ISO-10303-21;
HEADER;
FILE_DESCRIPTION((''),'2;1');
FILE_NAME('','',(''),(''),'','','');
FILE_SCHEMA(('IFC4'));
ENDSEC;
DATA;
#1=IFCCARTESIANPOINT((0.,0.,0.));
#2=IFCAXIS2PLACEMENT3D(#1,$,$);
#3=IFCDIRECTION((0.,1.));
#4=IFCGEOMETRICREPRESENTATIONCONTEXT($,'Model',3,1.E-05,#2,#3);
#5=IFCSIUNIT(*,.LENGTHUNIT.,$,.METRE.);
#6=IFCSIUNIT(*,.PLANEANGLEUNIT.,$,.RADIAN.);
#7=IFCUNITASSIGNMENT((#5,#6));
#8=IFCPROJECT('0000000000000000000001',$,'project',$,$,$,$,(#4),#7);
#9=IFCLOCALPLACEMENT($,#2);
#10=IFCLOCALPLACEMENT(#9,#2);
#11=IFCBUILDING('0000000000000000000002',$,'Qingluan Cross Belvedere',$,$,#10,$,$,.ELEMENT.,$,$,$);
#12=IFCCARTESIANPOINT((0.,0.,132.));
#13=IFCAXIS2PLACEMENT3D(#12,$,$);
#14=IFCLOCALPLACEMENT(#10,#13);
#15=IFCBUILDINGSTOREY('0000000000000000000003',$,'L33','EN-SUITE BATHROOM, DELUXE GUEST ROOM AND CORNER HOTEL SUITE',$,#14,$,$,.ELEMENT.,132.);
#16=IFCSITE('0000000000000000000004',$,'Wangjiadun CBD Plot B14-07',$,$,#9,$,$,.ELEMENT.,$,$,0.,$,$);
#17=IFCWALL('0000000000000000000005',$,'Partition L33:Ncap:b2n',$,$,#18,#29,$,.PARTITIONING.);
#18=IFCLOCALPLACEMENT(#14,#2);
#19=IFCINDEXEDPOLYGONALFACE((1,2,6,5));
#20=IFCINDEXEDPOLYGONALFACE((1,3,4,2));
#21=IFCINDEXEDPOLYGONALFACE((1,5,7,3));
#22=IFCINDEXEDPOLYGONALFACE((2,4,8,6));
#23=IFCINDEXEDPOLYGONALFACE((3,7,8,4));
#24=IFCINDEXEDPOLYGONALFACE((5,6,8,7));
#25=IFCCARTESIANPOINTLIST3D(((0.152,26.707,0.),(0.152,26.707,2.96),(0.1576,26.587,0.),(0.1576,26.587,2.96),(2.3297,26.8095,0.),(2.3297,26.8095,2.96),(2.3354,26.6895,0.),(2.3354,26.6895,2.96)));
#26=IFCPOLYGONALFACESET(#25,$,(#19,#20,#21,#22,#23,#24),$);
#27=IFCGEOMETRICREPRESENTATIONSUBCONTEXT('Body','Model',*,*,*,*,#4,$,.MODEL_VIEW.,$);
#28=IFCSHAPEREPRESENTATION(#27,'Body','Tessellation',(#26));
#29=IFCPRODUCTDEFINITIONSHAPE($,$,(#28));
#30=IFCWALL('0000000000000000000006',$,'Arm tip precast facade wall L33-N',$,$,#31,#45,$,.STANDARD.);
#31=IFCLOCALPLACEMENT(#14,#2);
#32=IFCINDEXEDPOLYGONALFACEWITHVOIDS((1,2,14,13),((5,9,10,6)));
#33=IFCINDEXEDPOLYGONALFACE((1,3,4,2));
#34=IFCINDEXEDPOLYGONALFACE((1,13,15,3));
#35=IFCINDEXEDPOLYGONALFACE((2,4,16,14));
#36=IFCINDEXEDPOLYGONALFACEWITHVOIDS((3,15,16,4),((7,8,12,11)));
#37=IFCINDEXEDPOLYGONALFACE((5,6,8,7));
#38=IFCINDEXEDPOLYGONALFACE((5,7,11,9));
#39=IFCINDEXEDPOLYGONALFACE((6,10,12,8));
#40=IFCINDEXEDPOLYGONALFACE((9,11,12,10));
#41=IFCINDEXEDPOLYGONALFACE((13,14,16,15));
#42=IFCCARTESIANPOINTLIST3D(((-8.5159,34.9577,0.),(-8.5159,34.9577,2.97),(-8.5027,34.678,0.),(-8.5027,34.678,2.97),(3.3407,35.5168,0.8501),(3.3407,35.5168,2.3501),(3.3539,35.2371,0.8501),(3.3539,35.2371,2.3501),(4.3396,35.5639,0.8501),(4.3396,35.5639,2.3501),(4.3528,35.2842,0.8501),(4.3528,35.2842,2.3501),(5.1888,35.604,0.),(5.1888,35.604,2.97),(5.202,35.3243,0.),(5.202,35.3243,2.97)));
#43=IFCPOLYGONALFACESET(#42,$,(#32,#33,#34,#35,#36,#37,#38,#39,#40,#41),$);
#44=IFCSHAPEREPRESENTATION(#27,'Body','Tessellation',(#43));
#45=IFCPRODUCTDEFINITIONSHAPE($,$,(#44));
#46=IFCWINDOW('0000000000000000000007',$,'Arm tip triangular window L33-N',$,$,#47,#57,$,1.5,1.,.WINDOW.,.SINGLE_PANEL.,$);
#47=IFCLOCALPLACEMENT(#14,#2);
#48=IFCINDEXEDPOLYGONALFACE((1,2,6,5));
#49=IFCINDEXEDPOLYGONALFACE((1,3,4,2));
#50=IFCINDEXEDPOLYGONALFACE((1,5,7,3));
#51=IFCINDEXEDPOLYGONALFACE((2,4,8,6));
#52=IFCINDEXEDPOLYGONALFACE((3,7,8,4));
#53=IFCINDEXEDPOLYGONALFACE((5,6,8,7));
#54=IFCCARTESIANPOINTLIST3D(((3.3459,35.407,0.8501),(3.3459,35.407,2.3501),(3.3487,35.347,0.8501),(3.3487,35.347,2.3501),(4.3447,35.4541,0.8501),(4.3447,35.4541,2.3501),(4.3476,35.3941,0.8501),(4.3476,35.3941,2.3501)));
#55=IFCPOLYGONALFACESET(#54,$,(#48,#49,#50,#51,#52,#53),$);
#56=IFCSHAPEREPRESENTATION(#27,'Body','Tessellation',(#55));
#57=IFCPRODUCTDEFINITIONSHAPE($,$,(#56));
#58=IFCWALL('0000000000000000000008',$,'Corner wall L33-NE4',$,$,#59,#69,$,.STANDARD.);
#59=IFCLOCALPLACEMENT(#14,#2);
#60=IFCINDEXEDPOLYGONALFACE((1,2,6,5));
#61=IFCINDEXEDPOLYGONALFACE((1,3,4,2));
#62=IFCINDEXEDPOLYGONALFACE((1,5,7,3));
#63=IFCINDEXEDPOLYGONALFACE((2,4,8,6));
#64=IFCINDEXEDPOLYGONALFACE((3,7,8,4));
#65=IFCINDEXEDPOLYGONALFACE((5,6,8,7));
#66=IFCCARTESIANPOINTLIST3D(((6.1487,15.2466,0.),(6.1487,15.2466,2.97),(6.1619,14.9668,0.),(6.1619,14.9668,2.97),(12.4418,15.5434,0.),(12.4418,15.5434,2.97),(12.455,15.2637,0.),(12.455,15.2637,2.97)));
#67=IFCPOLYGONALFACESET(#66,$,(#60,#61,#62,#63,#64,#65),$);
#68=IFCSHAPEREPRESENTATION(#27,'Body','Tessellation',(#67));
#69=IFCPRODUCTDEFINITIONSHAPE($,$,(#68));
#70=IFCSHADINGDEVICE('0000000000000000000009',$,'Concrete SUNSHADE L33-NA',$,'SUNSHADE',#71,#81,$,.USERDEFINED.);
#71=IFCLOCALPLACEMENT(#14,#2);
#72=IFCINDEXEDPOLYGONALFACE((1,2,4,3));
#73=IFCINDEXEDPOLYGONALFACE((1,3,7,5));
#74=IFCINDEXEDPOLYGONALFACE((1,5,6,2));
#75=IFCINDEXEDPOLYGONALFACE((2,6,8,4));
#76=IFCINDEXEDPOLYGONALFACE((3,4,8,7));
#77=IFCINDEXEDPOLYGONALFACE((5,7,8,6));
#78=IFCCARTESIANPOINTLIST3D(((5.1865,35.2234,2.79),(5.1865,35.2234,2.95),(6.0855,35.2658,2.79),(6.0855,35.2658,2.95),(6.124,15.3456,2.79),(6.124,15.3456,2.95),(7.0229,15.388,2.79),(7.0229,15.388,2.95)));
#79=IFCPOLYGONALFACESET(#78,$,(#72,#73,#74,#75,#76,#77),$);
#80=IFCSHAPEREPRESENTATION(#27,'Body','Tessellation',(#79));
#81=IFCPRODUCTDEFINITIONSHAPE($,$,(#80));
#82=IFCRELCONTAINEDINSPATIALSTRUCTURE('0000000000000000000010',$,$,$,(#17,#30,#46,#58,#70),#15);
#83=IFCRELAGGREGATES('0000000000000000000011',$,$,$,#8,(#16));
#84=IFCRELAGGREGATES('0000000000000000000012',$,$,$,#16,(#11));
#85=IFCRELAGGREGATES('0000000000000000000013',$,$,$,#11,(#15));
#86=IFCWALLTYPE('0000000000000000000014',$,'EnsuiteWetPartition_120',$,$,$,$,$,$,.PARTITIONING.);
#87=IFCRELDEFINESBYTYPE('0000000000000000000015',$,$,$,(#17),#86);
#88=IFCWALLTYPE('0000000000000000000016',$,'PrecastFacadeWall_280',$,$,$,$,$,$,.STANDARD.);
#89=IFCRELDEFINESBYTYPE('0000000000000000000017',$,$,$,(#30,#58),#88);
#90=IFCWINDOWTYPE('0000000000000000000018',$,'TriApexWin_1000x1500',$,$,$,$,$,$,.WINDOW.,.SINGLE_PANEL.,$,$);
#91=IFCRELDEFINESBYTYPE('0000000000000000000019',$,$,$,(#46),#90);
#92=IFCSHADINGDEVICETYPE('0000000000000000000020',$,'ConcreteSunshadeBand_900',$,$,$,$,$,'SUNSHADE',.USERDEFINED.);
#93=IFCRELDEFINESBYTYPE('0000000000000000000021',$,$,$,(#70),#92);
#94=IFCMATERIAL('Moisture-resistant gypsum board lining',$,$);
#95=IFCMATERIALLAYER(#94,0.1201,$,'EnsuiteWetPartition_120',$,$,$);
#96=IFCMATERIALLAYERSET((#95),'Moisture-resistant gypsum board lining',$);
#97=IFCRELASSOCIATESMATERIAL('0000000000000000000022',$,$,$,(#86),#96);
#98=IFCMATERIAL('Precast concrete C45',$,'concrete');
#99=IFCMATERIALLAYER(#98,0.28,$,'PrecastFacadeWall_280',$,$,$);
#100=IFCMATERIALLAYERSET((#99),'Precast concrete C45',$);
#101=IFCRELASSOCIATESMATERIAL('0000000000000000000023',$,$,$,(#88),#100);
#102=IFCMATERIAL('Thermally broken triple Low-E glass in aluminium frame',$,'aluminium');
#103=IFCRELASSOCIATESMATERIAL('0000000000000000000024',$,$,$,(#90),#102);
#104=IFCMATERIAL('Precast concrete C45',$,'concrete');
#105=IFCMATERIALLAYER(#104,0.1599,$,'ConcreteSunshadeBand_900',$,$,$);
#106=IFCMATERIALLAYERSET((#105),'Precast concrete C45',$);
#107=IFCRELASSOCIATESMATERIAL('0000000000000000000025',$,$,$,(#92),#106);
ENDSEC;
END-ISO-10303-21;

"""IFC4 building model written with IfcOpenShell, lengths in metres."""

from ifc_helpers import new_model, si_unit, direction, frame, frame_2d, origin, origin_2d, place, context, subcontext, project, spatial, rectangle, extrude, material, layer, layer_set, type_object, element, fill, save


model = new_model("IFC4")

# Units and contexts
model_context = context("Model", 3, precision=1e-05, world=origin(), true_north=direction((0.0, 1.0)))
body_context = subcontext(model_context, "Body", "Model", "MODEL_VIEW")
ifc_project = project(units=[si_unit("LENGTHUNIT", "METRE"), si_unit("PLANEANGLEUNIT", "RADIAN")], contexts=[model_context])

# Site, building, storey
site_placement = place(None, origin())
site = spatial("IfcSite", under=ifc_project, at=site_placement, Name="Wangjiadun CBD Plot B14-07", CompositionType="ELEMENT", RefElevation=0.0)
building_placement = place(site_placement, origin())
building = spatial("IfcBuilding", under=site, at=building_placement, Name="Qingluan Cross Belvedere", CompositionType="ELEMENT")
storey_placement = place(building_placement, frame((0.0, 0.0, 132.0)))
storey = spatial("IfcBuildingStorey", under=building, at=storey_placement, Name="L33", Description="EN-SUITE BATHROOM, DELUXE GUEST ROOM AND CORNER HOTEL SUITE", CompositionType="ELEMENT", Elevation=132.0)

# Shared definitions
ifc_material_1 = material(Name="Moisture-resistant gypsum board lining")
ifc_layer_1 = layer(ifc_material_1, 0.1201, Name="EnsuiteWetPartition_120")
ifc_layer_set_1 = layer_set([ifc_layer_1], Name="Moisture-resistant gypsum board lining")
wall_type_1 = type_object("IfcWallType", Name="EnsuiteWetPartition_120", PredefinedType="PARTITIONING", material=ifc_layer_set_1)

# Wall
wall_1_placement = place(storey_placement, frame((0.1548, 26.647, 0.0), z_axis=(0.0, 0.0, 1.0), x_axis=(0.998893, 0.047033, 0.0)))
element("IfcWall", 1, at=wall_1_placement, inside=storey, type_object=wall_type_1, Name="Partition L33:Ncap:b2n", PredefinedType="PARTITIONING", context=body_context, shape_type="SweptSolid", body=[
    extrude(rectangle(XDim=2.1802, YDim=0.1201, at=frame_2d((1.0901, 0.0))), origin(), (0.0, 0.0, 1.0), 2.96),
])

# Wall, opening, window
ifc_material_2 = material(Name="Precast concrete C45", Category="concrete")
ifc_layer_2 = layer(ifc_material_2, 0.28, Name="PrecastFacadeWall_280")
ifc_layer_set_2 = layer_set([ifc_layer_2], Name="Precast concrete C45")
wall_type_2 = type_object("IfcWallType", Name="PrecastFacadeWall_280", PredefinedType="STANDARD", material=ifc_layer_set_2)
wall_2_placement = place(storey_placement, frame((5.1953, 35.4641, 0.0), z_axis=(0.0, 0.0, 1.0), x_axis=(-0.99889, -0.047102, 0.0)))
wall_2 = element("IfcWall", 2, at=wall_2_placement, inside=storey, type_object=wall_type_2, Name="Arm tip precast facade wall L33-N", PredefinedType="STANDARD", context=body_context, shape_type="SweptSolid", body=[
    extrude(rectangle(XDim=13.72, YDim=0.28, at=frame_2d((6.8599, 0.0))), origin(), (0.0, 0.0, 1.0), 2.97),
])
opening_1_placement = place(wall_2_placement, frame((0.8501, 0.0, 0.8501)))
opening_1 = element("IfcOpeningElement", 3, at=opening_1_placement, cuts=wall_2, PredefinedType="OPENING", context=body_context, shape_type="SweptSolid", body=[
    extrude(rectangle(XDim=1.0, YDim=1.5, at=frame_2d((0.5, 0.75))), frame((0.0, 0.1499, 0.0), z_axis=(0.0, -1.0, 0.0), x_axis=(1.0, 0.0, 0.0)), (0.0, 0.0, 1.0), 0.3),
])
ifc_material_3 = material(Name="Thermally broken triple Low-E glass in aluminium frame", Category="aluminium")
window_type = type_object("IfcWindowType", Name="TriApexWin_1000x1500", PartitioningType="SINGLE_PANEL", PredefinedType="WINDOW", material=ifc_material_3)
window_placement = place(opening_1_placement, origin())
window = element("IfcWindow", 4, at=window_placement, inside=storey, type_object=window_type, Name="Arm tip triangular window L33-N", OverallHeight=1.5, OverallWidth=1.0, PartitioningType="SINGLE_PANEL", PredefinedType="WINDOW", context=body_context, shape_type="SweptSolid", body=[
    extrude(rectangle(XDim=1.0, YDim=1.5, at=frame_2d((0.5, 0.75))), frame((0.0, 0.03, 0.0), z_axis=(0.0, -1.0, 0.0), x_axis=(1.0, 0.0, 0.0)), (0.0, 0.0, 1.0), 0.0601),
])
fill(opening_1, window)

# Wall
wall_3_placement = place(storey_placement, frame((12.4482, 15.4036, 0.0), z_axis=(0.0, 0.0, 1.0), x_axis=(-0.998889, -0.047123, 0.0)))
element("IfcWall", 5, at=wall_3_placement, inside=storey, type_object=wall_type_2, Name="Corner wall L33-NE4", PredefinedType="STANDARD", context=body_context, shape_type="SweptSolid", body=[
    extrude(rectangle(XDim=6.3, YDim=0.28, at=frame_2d((3.1499, 0.0))), origin(), (0.0, 0.0, 1.0), 2.97),
])

# Shading device
ifc_material_4 = material(Name="Precast concrete C45", Category="concrete")
ifc_layer_3 = layer(ifc_material_4, 0.1599, Name="ConcreteSunshadeBand_900")
ifc_layer_set_3 = layer_set([ifc_layer_3], Name="Precast concrete C45")
shading_device_type = type_object("IfcShadingDeviceType", Name="ConcreteSunshadeBand_900", ElementType="SUNSHADE", PredefinedType="USERDEFINED", material=ifc_layer_set_3)
shading_device_placement = place(storey_placement, frame((6.1047, 25.3057, 2.79), z_axis=(0.0, 0.0, 1.0), x_axis=(-0.047109, 0.99889, 0.0)))
element("IfcShadingDevice", 6, at=shading_device_placement, inside=storey, type_object=shading_device_type, Name="Concrete SUNSHADE L33-NA", ObjectType="SUNSHADE", PredefinedType="USERDEFINED", context=body_context, shape_type="SweptSolid", body=[
    extrude(rectangle(XDim=19.8999, YDim=0.8999, at=origin_2d()), origin(), (0.0, 0.0, 1.0), 0.1599),
])

save(model, "model.ifc")
